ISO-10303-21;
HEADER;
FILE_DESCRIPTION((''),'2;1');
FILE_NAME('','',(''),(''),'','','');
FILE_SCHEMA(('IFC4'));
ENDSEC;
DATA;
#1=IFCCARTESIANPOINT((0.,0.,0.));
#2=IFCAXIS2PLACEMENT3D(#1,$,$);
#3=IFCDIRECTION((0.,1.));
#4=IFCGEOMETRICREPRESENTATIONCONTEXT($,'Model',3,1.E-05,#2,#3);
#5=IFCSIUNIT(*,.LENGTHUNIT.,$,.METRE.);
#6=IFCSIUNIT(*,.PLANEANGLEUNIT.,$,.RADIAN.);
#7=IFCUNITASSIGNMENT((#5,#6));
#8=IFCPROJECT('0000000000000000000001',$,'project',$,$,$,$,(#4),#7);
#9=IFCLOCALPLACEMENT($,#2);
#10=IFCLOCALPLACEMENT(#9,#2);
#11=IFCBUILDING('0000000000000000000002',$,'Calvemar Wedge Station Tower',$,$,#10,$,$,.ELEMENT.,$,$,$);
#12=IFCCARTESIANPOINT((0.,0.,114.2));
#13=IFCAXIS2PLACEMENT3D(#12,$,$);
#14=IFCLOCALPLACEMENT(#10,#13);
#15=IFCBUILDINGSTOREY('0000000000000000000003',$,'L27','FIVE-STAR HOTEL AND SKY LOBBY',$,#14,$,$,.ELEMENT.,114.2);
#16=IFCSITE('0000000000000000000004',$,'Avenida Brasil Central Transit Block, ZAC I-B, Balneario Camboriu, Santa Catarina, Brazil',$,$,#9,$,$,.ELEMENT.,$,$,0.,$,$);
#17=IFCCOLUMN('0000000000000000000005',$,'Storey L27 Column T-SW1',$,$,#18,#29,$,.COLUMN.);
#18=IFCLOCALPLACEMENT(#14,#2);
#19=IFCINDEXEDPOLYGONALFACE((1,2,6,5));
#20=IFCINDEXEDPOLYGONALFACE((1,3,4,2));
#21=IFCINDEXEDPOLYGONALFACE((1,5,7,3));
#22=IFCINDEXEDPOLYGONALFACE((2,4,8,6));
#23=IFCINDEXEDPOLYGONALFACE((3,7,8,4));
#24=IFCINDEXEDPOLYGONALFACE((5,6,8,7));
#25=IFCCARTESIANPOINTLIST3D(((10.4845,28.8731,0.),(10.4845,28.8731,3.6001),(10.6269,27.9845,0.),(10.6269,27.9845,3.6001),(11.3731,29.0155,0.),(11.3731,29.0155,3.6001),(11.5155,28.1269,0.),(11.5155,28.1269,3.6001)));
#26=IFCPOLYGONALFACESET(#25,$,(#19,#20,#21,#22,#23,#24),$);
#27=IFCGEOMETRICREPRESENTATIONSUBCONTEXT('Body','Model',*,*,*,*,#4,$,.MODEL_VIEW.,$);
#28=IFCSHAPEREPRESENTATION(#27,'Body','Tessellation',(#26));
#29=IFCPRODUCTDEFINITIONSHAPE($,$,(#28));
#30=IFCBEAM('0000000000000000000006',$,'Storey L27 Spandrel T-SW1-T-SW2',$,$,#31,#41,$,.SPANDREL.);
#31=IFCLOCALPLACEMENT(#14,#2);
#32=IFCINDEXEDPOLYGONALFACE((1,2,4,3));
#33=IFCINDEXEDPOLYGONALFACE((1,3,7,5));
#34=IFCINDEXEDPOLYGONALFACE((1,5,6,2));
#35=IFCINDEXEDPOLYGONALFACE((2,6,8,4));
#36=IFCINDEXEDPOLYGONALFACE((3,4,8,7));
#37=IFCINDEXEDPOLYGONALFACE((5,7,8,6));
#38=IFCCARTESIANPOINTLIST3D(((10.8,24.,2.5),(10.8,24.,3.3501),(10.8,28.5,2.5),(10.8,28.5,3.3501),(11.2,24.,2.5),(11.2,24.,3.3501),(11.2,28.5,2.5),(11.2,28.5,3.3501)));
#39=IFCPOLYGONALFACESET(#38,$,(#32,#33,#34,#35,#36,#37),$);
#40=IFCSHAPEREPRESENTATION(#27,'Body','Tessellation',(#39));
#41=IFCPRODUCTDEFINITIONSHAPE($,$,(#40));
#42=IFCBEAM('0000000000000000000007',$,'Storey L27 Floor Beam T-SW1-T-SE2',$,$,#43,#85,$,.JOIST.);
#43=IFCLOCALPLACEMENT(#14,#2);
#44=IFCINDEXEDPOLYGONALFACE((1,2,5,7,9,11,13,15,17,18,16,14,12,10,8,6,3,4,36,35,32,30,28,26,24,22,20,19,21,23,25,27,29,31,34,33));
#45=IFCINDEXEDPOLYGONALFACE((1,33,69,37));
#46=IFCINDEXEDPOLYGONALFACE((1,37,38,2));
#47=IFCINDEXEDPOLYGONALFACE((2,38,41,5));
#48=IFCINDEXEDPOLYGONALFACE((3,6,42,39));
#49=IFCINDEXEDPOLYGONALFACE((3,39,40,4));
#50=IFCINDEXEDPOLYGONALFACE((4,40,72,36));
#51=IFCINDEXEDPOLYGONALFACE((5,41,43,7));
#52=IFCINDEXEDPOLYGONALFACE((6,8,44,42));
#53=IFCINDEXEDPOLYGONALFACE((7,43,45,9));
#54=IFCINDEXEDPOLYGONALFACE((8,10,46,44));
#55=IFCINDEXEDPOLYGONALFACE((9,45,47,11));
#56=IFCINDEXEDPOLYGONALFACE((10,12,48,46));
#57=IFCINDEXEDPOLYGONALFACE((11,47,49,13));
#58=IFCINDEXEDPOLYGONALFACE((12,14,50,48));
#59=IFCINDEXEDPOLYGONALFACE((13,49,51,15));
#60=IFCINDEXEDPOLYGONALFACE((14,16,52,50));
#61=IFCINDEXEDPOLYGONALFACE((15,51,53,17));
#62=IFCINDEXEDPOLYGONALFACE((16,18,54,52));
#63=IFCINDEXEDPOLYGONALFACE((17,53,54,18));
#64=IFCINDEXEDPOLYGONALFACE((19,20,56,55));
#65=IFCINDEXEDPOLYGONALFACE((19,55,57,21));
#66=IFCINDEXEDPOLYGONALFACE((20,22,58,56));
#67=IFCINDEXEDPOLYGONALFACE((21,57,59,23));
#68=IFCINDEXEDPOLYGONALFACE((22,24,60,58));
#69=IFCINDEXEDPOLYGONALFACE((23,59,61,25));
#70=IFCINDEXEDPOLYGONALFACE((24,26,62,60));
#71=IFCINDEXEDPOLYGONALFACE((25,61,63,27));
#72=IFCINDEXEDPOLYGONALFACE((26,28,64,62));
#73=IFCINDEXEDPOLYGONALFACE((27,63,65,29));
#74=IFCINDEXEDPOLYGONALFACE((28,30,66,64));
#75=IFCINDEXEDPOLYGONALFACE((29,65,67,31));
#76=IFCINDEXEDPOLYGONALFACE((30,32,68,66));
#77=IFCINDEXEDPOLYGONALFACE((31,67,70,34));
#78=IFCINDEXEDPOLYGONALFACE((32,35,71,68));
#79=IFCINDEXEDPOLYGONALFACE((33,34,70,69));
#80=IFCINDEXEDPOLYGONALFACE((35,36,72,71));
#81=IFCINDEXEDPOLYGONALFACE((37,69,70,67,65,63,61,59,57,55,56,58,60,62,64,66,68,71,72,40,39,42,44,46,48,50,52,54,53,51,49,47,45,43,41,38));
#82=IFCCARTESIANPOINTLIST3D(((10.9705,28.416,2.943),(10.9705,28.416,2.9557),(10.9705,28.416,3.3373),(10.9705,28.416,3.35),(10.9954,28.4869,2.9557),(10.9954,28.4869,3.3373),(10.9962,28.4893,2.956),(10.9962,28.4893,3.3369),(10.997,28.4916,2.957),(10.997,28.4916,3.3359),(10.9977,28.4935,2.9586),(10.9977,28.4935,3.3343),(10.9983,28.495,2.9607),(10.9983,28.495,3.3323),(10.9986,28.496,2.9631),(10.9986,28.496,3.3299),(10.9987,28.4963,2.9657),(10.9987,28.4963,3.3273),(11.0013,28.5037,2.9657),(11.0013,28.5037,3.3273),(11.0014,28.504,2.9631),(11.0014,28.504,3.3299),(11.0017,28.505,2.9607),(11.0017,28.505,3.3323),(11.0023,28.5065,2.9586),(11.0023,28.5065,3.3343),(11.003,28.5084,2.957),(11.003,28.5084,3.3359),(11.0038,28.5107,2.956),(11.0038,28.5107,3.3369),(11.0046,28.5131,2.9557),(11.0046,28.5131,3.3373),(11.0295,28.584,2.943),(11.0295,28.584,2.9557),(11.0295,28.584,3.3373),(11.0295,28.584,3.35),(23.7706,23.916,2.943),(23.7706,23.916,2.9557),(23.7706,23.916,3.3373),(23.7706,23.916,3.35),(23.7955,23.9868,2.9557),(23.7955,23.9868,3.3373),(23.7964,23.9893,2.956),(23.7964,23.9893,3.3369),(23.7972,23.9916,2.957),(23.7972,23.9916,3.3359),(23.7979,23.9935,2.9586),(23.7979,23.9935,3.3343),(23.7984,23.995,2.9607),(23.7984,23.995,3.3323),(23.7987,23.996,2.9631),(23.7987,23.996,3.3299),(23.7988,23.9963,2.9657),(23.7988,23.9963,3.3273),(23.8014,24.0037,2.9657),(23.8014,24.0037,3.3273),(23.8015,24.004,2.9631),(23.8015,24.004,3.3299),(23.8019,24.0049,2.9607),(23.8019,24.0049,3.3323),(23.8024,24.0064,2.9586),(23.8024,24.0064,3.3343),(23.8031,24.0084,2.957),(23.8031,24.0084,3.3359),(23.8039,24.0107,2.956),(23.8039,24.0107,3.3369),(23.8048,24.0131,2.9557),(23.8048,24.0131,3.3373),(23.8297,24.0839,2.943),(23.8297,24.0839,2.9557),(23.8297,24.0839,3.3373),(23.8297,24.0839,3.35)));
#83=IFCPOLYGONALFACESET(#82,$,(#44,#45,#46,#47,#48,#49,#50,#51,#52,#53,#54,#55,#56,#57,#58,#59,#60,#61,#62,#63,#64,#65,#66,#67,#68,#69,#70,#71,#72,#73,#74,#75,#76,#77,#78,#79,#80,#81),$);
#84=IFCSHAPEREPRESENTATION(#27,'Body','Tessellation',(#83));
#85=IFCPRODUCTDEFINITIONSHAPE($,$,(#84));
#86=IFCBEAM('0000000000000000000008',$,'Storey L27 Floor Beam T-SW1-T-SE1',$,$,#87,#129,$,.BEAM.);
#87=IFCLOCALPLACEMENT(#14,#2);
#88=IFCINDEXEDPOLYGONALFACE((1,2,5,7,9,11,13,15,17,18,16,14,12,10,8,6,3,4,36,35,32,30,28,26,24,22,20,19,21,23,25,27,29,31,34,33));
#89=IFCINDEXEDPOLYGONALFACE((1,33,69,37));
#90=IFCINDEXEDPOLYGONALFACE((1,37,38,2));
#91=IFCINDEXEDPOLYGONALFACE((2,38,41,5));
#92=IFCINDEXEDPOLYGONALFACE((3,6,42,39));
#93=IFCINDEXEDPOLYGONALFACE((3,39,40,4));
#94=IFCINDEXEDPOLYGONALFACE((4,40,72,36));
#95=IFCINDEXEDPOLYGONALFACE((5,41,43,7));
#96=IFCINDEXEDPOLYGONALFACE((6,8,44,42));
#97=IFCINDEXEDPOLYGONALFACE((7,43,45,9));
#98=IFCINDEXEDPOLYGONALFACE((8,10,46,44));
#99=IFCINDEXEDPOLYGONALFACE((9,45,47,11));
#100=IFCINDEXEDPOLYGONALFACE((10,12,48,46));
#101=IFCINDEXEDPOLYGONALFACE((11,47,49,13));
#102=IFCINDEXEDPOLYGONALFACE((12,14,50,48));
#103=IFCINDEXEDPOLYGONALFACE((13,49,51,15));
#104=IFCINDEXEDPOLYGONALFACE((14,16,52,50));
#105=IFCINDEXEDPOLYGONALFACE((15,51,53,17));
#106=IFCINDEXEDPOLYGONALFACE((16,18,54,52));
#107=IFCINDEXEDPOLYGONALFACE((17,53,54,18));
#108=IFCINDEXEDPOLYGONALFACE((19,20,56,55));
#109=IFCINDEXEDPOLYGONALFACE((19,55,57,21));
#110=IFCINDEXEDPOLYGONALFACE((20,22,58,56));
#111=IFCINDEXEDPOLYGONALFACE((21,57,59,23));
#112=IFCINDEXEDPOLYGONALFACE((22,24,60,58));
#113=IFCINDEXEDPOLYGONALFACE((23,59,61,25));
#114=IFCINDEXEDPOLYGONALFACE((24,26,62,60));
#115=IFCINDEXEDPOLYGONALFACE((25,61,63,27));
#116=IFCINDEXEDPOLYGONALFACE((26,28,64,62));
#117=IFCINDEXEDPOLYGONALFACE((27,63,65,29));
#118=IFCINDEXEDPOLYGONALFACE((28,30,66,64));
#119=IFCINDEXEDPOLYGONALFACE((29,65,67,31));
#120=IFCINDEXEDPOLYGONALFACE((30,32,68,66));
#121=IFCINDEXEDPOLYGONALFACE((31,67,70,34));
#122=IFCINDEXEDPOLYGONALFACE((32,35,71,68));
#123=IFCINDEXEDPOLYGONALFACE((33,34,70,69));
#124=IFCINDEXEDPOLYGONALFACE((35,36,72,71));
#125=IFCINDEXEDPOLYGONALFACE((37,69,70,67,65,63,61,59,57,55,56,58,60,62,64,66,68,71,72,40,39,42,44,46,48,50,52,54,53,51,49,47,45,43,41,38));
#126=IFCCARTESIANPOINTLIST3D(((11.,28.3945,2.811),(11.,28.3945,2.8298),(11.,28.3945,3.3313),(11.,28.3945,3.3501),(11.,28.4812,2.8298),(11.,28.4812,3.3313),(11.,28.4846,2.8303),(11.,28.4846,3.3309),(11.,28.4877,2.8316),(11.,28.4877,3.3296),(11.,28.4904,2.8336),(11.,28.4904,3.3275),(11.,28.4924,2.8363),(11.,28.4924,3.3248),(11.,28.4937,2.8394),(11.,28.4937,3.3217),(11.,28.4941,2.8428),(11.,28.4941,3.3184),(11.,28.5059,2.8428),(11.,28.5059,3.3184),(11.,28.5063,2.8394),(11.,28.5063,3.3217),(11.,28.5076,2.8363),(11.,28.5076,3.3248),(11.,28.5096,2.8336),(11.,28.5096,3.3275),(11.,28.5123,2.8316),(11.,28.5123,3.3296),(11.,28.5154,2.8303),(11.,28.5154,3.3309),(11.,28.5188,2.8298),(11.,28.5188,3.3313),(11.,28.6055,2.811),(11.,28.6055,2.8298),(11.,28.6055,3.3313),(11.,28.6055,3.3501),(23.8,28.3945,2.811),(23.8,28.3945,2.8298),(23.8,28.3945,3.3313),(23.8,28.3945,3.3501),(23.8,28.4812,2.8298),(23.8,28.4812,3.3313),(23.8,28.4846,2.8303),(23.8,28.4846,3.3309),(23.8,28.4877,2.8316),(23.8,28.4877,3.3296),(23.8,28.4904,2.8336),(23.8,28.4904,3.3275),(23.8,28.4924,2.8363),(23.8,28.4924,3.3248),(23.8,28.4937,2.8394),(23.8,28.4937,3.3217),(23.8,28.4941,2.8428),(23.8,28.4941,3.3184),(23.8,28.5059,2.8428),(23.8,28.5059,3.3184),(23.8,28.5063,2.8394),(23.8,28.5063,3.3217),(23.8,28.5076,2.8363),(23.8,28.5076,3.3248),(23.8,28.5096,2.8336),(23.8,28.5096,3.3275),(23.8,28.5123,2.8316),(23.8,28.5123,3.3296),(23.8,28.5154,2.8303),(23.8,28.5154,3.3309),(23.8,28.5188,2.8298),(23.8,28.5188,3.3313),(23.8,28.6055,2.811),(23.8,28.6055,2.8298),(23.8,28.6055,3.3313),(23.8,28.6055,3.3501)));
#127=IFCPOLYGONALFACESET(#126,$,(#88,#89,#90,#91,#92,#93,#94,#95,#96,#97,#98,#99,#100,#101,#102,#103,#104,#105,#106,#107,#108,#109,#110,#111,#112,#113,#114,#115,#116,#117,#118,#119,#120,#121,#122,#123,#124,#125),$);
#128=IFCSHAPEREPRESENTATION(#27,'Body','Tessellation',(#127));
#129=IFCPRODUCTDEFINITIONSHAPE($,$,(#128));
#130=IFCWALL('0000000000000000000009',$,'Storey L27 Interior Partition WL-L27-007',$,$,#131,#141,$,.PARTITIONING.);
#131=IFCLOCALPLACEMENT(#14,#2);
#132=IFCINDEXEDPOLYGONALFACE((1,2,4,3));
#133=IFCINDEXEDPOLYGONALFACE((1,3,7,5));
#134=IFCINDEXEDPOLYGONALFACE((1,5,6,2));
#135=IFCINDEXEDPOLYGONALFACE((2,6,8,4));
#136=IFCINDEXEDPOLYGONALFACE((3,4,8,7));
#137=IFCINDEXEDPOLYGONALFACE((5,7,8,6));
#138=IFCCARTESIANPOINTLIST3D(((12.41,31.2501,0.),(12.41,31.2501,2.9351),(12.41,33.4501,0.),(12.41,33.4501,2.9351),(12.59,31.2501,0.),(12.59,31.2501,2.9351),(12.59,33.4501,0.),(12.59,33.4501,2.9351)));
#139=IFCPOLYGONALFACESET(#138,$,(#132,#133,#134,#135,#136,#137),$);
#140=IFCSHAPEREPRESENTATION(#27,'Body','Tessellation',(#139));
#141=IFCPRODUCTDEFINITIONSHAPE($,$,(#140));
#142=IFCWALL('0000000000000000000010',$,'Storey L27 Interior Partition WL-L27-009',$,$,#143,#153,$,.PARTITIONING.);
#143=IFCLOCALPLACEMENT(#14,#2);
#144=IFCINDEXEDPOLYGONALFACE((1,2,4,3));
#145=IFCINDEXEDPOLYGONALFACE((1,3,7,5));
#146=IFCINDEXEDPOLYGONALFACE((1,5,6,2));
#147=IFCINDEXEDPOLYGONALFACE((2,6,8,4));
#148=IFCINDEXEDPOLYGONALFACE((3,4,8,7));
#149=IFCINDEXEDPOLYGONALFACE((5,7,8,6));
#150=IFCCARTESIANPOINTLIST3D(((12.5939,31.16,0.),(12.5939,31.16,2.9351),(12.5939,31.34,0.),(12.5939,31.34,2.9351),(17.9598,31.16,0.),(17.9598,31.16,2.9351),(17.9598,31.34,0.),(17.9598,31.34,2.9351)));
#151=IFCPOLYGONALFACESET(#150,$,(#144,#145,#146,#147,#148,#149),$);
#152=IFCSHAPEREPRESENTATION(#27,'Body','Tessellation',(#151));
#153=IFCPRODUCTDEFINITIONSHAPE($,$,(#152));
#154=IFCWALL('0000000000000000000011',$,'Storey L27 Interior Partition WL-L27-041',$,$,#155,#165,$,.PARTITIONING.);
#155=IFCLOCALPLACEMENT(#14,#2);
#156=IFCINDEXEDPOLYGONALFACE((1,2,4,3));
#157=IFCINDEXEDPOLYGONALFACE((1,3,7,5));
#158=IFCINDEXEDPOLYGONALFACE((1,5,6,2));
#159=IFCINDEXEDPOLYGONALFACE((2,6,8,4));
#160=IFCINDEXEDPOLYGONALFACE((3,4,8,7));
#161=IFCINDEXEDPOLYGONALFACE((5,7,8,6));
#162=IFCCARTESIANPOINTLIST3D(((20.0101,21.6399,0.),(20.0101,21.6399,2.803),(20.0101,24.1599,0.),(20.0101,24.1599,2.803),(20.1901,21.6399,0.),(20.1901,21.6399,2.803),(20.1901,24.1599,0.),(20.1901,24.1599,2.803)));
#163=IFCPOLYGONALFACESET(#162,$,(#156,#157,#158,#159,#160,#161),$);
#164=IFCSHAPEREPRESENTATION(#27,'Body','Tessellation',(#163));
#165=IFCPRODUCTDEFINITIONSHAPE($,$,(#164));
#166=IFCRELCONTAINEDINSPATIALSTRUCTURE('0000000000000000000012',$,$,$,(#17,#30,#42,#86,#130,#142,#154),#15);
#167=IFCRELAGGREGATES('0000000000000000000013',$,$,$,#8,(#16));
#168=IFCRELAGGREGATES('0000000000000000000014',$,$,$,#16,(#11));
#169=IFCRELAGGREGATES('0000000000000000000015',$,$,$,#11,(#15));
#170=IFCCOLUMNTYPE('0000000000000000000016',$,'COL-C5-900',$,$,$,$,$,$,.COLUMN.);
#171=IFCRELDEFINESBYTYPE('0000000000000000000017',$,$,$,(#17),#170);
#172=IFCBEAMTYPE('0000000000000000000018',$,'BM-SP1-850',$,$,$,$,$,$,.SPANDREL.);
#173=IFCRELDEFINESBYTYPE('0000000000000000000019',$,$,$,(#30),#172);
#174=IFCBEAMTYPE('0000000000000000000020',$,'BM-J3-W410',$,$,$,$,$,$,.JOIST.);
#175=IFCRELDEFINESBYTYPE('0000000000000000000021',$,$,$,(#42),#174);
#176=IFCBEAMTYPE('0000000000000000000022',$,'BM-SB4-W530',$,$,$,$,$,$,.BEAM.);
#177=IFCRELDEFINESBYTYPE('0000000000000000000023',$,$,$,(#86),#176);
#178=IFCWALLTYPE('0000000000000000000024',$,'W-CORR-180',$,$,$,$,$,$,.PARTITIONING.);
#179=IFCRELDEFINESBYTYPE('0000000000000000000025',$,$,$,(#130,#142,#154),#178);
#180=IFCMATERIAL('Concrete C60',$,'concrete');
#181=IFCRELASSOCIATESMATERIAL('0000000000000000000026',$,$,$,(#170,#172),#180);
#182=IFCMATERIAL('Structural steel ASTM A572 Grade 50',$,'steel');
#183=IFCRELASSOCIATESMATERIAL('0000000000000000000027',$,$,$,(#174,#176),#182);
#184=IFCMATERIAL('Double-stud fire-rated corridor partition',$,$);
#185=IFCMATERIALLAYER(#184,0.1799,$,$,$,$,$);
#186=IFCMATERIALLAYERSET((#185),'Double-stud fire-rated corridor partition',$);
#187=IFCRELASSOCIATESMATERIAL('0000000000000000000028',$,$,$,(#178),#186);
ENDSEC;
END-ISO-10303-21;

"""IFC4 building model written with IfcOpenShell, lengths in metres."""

from ifc_helpers import new_model, si_unit, direction, frame, frame_2d, origin, origin_2d, place, context, subcontext, project, spatial, rectangle, i_section, extrude, source, transform, mapped, material, layer, layer_set, material_profile, profile_set, type_object, element, save


model = new_model("IFC4")

# Units and contexts
model_context = context("Model", 3, precision=1e-05, world=origin(), true_north=direction((0.0, 1.0)))
body_context = subcontext(model_context, "Body", "Model", "MODEL_VIEW")
ifc_project = project(units=[si_unit("LENGTHUNIT", "METRE"), si_unit("PLANEANGLEUNIT", "RADIAN")], contexts=[model_context])

# Site, building, storey
site_placement = place(None, origin())
site = spatial("IfcSite", under=ifc_project, at=site_placement, Name="Avenida Brasil Central Transit Block, ZAC I-B, Balneario Camboriu, Santa Catarina, Brazil", CompositionType="ELEMENT", RefElevation=0.0)
building_placement = place(site_placement, origin())
building = spatial("IfcBuilding", under=site, at=building_placement, Name="Calvemar Wedge Station Tower", CompositionType="ELEMENT")
storey_placement = place(building_placement, frame((0.0, 0.0, 114.2)))
storey = spatial("IfcBuildingStorey", under=building, at=storey_placement, Name="L27", Description="FIVE-STAR HOTEL AND SKY LOBBY", CompositionType="ELEMENT", Elevation=114.2)

# Column
ifc_material_1 = material(Name="Concrete C60", Category="concrete")
ifc_material_profile_1 = material_profile(ifc_material_1, rectangle(XDim=0.8999, YDim=0.8999, at=origin_2d()), Name="RC900x900")
ifc_profile_set_1 = profile_set([ifc_material_profile_1], Name="Concrete C60")
column_type = type_object("IfcColumnType", Name="COL-C5-900", PredefinedType="COLUMN", material=ifc_profile_set_1)
shared_shape_1 = source(origin(), body_context, "Body", "SweptSolid", [
    extrude(rectangle(XDim=0.8999, YDim=0.8999, at=origin_2d()), origin(), (0.0, 0.0, 1.0), 3.6001),
])
column_placement = place(storey_placement, frame((11.0, 28.5, 0.0), z_axis=(0.0, 0.0, 1.0), x_axis=(0.158158, -0.987414, 0.0)))
element("IfcColumn", 1, at=column_placement, inside=storey, type_object=column_type, Name="Storey L27 Column T-SW1", PredefinedType="COLUMN", context=body_context, shape_type="MappedRepresentation", body=[
    mapped(shared_shape_1, transform((0.0, 0.0, 0.0), scale=1.0)),
])

# Beams
ifc_material_profile_2 = material_profile(ifc_material_1, rectangle(XDim=0.3999, YDim=0.8501, at=origin_2d()), Name="RC400x850")
ifc_profile_set_2 = profile_set([ifc_material_profile_2], Name="Concrete C60")
beam_type_1 = type_object("IfcBeamType", Name="BM-SP1-850", PredefinedType="SPANDREL", material=ifc_profile_set_2)
shared_shape_2 = source(origin(), body_context, "Body", "SweptSolid", [
    extrude(rectangle(XDim=0.3999, YDim=0.8501, at=origin_2d()), origin(), (0.0, 0.0, 1.0), 4.5),
])
beam_1_placement = place(storey_placement, frame((11.0, 28.5, 2.925), z_axis=(0.0, -1.0, 0.0), x_axis=(1.0, 0.0, 0.0)))
element("IfcBeam", 2, at=beam_1_placement, inside=storey, type_object=beam_type_1, Name="Storey L27 Spandrel T-SW1-T-SW2", PredefinedType="SPANDREL", context=body_context, shape_type="MappedRepresentation", body=[
    mapped(shared_shape_2, transform((0.0, 0.0, 0.0), scale=1.0)),
])
ifc_material_2 = material(Name="Structural steel ASTM A572 Grade 50", Category="steel")
ifc_material_profile_3 = material_profile(ifc_material_2, i_section(OverallWidth=0.178, OverallDepth=0.407, WebThickness=0.0078, FlangeThickness=0.0127, FilletRadius=0.01, at=origin_2d()), Name="W410x60")
ifc_profile_set_3 = profile_set([ifc_material_profile_3], Name="Structural steel ASTM A572 Grade 50")
beam_type_2 = type_object("IfcBeamType", Name="BM-J3-W410", PredefinedType="JOIST", material=ifc_profile_set_3)
shared_shape_3 = source(origin(), body_context, "Body", "SweptSolid", [
    extrude(i_section(OverallWidth=0.178, OverallDepth=0.407, WebThickness=0.0078, FlangeThickness=0.0127, FilletRadius=0.01, at=origin_2d()), origin(), (0.0, 0.0, 1.0), 13.5681),
])
beam_2_placement = place(storey_placement, frame((11.0, 28.5, 3.1465), z_axis=(0.943398, -0.331662, 0.0), x_axis=(0.331662, 0.943398, 0.0)))
element("IfcBeam", 3, at=beam_2_placement, inside=storey, type_object=beam_type_2, Name="Storey L27 Floor Beam T-SW1-T-SE2", PredefinedType="JOIST", context=body_context, shape_type="MappedRepresentation", body=[
    mapped(shared_shape_3, transform((0.0, 0.0, 0.0), scale=1.0)),
])
ifc_material_profile_4 = material_profile(ifc_material_2, i_section(OverallWidth=0.2109, OverallDepth=0.5391, WebThickness=0.0117, FlangeThickness=0.0188, FilletRadius=0.0129, at=origin_2d()), Name="W530x109")
ifc_profile_set_4 = profile_set([ifc_material_profile_4], Name="Structural steel ASTM A572 Grade 50")
beam_type_3 = type_object("IfcBeamType", Name="BM-SB4-W530", PredefinedType="BEAM", material=ifc_profile_set_4)
shared_shape_4 = source(origin(), body_context, "Body", "SweptSolid", [
    extrude(i_section(OverallWidth=0.2109, OverallDepth=0.5391, WebThickness=0.0117, FlangeThickness=0.0188, FilletRadius=0.0129, at=origin_2d()), origin(), (0.0, 0.0, 1.0), 12.8),
])
beam_3_placement = place(storey_placement, frame((11.0, 28.5, 3.0806), z_axis=(1.0, 0.0, 0.0), x_axis=(0.0, 1.0, 0.0)))
element("IfcBeam", 4, at=beam_3_placement, inside=storey, type_object=beam_type_3, Name="Storey L27 Floor Beam T-SW1-T-SE1", PredefinedType="BEAM", context=body_context, shape_type="MappedRepresentation", body=[
    mapped(shared_shape_4, transform((0.0, 0.0, 0.0), scale=1.0)),
])

# Walls
ifc_material_3 = material(Name="Double-stud fire-rated corridor partition")
ifc_layer_1 = layer(ifc_material_3, 0.1799)
ifc_layer_set_1 = layer_set([ifc_layer_1], Name="Double-stud fire-rated corridor partition")
wall_type_1 = type_object("IfcWallType", Name="W-CORR-180", PredefinedType="PARTITIONING", material=ifc_layer_set_1)
wall_1_placement = place(storey_placement, frame((12.5, 31.25, 0.0), z_axis=(0.0, 0.0, 1.0), x_axis=(0.0, 1.0, 0.0)))
element("IfcWall", 5, at=wall_1_placement, inside=storey, type_object=wall_type_1, Name="Storey L27 Interior Partition WL-L27-007", PredefinedType="PARTITIONING", context=body_context, shape_type="SweptSolid", body=[
    extrude(rectangle(XDim=2.2, YDim=0.1799, at=frame_2d((1.1001, 0.0))), origin(), (0.0, 0.0, 1.0), 2.9351),
])
wall_2_placement = place(storey_placement, frame((17.96, 31.25, 0.0), z_axis=(0.0, 0.0, 1.0), x_axis=(-1.0, 0.0, 0.0)))
element("IfcWall", 6, at=wall_2_placement, inside=storey, type_object=wall_type_1, Name="Storey L27 Interior Partition WL-L27-009", PredefinedType="PARTITIONING", context=body_context, shape_type="SweptSolid", body=[
    extrude(rectangle(XDim=5.366, YDim=0.1799, at=frame_2d((2.6831, 0.0))), origin(), (0.0, 0.0, 1.0), 2.9351),
])
wall_3_placement = place(storey_placement, frame((20.1001, 24.1599, 0.0), z_axis=(0.0, 0.0, 1.0), x_axis=(0.0, -1.0, 0.0)))
element("IfcWall", 7, at=wall_3_placement, inside=storey, type_object=wall_type_1, Name="Storey L27 Interior Partition WL-L27-041", PredefinedType="PARTITIONING", context=body_context, shape_type="SweptSolid", body=[
    extrude(rectangle(XDim=2.52, YDim=0.1799, at=frame_2d((1.26, 0.0))), origin(), (0.0, 0.0, 1.0), 2.803),
])

save(model, "model.ifc")
